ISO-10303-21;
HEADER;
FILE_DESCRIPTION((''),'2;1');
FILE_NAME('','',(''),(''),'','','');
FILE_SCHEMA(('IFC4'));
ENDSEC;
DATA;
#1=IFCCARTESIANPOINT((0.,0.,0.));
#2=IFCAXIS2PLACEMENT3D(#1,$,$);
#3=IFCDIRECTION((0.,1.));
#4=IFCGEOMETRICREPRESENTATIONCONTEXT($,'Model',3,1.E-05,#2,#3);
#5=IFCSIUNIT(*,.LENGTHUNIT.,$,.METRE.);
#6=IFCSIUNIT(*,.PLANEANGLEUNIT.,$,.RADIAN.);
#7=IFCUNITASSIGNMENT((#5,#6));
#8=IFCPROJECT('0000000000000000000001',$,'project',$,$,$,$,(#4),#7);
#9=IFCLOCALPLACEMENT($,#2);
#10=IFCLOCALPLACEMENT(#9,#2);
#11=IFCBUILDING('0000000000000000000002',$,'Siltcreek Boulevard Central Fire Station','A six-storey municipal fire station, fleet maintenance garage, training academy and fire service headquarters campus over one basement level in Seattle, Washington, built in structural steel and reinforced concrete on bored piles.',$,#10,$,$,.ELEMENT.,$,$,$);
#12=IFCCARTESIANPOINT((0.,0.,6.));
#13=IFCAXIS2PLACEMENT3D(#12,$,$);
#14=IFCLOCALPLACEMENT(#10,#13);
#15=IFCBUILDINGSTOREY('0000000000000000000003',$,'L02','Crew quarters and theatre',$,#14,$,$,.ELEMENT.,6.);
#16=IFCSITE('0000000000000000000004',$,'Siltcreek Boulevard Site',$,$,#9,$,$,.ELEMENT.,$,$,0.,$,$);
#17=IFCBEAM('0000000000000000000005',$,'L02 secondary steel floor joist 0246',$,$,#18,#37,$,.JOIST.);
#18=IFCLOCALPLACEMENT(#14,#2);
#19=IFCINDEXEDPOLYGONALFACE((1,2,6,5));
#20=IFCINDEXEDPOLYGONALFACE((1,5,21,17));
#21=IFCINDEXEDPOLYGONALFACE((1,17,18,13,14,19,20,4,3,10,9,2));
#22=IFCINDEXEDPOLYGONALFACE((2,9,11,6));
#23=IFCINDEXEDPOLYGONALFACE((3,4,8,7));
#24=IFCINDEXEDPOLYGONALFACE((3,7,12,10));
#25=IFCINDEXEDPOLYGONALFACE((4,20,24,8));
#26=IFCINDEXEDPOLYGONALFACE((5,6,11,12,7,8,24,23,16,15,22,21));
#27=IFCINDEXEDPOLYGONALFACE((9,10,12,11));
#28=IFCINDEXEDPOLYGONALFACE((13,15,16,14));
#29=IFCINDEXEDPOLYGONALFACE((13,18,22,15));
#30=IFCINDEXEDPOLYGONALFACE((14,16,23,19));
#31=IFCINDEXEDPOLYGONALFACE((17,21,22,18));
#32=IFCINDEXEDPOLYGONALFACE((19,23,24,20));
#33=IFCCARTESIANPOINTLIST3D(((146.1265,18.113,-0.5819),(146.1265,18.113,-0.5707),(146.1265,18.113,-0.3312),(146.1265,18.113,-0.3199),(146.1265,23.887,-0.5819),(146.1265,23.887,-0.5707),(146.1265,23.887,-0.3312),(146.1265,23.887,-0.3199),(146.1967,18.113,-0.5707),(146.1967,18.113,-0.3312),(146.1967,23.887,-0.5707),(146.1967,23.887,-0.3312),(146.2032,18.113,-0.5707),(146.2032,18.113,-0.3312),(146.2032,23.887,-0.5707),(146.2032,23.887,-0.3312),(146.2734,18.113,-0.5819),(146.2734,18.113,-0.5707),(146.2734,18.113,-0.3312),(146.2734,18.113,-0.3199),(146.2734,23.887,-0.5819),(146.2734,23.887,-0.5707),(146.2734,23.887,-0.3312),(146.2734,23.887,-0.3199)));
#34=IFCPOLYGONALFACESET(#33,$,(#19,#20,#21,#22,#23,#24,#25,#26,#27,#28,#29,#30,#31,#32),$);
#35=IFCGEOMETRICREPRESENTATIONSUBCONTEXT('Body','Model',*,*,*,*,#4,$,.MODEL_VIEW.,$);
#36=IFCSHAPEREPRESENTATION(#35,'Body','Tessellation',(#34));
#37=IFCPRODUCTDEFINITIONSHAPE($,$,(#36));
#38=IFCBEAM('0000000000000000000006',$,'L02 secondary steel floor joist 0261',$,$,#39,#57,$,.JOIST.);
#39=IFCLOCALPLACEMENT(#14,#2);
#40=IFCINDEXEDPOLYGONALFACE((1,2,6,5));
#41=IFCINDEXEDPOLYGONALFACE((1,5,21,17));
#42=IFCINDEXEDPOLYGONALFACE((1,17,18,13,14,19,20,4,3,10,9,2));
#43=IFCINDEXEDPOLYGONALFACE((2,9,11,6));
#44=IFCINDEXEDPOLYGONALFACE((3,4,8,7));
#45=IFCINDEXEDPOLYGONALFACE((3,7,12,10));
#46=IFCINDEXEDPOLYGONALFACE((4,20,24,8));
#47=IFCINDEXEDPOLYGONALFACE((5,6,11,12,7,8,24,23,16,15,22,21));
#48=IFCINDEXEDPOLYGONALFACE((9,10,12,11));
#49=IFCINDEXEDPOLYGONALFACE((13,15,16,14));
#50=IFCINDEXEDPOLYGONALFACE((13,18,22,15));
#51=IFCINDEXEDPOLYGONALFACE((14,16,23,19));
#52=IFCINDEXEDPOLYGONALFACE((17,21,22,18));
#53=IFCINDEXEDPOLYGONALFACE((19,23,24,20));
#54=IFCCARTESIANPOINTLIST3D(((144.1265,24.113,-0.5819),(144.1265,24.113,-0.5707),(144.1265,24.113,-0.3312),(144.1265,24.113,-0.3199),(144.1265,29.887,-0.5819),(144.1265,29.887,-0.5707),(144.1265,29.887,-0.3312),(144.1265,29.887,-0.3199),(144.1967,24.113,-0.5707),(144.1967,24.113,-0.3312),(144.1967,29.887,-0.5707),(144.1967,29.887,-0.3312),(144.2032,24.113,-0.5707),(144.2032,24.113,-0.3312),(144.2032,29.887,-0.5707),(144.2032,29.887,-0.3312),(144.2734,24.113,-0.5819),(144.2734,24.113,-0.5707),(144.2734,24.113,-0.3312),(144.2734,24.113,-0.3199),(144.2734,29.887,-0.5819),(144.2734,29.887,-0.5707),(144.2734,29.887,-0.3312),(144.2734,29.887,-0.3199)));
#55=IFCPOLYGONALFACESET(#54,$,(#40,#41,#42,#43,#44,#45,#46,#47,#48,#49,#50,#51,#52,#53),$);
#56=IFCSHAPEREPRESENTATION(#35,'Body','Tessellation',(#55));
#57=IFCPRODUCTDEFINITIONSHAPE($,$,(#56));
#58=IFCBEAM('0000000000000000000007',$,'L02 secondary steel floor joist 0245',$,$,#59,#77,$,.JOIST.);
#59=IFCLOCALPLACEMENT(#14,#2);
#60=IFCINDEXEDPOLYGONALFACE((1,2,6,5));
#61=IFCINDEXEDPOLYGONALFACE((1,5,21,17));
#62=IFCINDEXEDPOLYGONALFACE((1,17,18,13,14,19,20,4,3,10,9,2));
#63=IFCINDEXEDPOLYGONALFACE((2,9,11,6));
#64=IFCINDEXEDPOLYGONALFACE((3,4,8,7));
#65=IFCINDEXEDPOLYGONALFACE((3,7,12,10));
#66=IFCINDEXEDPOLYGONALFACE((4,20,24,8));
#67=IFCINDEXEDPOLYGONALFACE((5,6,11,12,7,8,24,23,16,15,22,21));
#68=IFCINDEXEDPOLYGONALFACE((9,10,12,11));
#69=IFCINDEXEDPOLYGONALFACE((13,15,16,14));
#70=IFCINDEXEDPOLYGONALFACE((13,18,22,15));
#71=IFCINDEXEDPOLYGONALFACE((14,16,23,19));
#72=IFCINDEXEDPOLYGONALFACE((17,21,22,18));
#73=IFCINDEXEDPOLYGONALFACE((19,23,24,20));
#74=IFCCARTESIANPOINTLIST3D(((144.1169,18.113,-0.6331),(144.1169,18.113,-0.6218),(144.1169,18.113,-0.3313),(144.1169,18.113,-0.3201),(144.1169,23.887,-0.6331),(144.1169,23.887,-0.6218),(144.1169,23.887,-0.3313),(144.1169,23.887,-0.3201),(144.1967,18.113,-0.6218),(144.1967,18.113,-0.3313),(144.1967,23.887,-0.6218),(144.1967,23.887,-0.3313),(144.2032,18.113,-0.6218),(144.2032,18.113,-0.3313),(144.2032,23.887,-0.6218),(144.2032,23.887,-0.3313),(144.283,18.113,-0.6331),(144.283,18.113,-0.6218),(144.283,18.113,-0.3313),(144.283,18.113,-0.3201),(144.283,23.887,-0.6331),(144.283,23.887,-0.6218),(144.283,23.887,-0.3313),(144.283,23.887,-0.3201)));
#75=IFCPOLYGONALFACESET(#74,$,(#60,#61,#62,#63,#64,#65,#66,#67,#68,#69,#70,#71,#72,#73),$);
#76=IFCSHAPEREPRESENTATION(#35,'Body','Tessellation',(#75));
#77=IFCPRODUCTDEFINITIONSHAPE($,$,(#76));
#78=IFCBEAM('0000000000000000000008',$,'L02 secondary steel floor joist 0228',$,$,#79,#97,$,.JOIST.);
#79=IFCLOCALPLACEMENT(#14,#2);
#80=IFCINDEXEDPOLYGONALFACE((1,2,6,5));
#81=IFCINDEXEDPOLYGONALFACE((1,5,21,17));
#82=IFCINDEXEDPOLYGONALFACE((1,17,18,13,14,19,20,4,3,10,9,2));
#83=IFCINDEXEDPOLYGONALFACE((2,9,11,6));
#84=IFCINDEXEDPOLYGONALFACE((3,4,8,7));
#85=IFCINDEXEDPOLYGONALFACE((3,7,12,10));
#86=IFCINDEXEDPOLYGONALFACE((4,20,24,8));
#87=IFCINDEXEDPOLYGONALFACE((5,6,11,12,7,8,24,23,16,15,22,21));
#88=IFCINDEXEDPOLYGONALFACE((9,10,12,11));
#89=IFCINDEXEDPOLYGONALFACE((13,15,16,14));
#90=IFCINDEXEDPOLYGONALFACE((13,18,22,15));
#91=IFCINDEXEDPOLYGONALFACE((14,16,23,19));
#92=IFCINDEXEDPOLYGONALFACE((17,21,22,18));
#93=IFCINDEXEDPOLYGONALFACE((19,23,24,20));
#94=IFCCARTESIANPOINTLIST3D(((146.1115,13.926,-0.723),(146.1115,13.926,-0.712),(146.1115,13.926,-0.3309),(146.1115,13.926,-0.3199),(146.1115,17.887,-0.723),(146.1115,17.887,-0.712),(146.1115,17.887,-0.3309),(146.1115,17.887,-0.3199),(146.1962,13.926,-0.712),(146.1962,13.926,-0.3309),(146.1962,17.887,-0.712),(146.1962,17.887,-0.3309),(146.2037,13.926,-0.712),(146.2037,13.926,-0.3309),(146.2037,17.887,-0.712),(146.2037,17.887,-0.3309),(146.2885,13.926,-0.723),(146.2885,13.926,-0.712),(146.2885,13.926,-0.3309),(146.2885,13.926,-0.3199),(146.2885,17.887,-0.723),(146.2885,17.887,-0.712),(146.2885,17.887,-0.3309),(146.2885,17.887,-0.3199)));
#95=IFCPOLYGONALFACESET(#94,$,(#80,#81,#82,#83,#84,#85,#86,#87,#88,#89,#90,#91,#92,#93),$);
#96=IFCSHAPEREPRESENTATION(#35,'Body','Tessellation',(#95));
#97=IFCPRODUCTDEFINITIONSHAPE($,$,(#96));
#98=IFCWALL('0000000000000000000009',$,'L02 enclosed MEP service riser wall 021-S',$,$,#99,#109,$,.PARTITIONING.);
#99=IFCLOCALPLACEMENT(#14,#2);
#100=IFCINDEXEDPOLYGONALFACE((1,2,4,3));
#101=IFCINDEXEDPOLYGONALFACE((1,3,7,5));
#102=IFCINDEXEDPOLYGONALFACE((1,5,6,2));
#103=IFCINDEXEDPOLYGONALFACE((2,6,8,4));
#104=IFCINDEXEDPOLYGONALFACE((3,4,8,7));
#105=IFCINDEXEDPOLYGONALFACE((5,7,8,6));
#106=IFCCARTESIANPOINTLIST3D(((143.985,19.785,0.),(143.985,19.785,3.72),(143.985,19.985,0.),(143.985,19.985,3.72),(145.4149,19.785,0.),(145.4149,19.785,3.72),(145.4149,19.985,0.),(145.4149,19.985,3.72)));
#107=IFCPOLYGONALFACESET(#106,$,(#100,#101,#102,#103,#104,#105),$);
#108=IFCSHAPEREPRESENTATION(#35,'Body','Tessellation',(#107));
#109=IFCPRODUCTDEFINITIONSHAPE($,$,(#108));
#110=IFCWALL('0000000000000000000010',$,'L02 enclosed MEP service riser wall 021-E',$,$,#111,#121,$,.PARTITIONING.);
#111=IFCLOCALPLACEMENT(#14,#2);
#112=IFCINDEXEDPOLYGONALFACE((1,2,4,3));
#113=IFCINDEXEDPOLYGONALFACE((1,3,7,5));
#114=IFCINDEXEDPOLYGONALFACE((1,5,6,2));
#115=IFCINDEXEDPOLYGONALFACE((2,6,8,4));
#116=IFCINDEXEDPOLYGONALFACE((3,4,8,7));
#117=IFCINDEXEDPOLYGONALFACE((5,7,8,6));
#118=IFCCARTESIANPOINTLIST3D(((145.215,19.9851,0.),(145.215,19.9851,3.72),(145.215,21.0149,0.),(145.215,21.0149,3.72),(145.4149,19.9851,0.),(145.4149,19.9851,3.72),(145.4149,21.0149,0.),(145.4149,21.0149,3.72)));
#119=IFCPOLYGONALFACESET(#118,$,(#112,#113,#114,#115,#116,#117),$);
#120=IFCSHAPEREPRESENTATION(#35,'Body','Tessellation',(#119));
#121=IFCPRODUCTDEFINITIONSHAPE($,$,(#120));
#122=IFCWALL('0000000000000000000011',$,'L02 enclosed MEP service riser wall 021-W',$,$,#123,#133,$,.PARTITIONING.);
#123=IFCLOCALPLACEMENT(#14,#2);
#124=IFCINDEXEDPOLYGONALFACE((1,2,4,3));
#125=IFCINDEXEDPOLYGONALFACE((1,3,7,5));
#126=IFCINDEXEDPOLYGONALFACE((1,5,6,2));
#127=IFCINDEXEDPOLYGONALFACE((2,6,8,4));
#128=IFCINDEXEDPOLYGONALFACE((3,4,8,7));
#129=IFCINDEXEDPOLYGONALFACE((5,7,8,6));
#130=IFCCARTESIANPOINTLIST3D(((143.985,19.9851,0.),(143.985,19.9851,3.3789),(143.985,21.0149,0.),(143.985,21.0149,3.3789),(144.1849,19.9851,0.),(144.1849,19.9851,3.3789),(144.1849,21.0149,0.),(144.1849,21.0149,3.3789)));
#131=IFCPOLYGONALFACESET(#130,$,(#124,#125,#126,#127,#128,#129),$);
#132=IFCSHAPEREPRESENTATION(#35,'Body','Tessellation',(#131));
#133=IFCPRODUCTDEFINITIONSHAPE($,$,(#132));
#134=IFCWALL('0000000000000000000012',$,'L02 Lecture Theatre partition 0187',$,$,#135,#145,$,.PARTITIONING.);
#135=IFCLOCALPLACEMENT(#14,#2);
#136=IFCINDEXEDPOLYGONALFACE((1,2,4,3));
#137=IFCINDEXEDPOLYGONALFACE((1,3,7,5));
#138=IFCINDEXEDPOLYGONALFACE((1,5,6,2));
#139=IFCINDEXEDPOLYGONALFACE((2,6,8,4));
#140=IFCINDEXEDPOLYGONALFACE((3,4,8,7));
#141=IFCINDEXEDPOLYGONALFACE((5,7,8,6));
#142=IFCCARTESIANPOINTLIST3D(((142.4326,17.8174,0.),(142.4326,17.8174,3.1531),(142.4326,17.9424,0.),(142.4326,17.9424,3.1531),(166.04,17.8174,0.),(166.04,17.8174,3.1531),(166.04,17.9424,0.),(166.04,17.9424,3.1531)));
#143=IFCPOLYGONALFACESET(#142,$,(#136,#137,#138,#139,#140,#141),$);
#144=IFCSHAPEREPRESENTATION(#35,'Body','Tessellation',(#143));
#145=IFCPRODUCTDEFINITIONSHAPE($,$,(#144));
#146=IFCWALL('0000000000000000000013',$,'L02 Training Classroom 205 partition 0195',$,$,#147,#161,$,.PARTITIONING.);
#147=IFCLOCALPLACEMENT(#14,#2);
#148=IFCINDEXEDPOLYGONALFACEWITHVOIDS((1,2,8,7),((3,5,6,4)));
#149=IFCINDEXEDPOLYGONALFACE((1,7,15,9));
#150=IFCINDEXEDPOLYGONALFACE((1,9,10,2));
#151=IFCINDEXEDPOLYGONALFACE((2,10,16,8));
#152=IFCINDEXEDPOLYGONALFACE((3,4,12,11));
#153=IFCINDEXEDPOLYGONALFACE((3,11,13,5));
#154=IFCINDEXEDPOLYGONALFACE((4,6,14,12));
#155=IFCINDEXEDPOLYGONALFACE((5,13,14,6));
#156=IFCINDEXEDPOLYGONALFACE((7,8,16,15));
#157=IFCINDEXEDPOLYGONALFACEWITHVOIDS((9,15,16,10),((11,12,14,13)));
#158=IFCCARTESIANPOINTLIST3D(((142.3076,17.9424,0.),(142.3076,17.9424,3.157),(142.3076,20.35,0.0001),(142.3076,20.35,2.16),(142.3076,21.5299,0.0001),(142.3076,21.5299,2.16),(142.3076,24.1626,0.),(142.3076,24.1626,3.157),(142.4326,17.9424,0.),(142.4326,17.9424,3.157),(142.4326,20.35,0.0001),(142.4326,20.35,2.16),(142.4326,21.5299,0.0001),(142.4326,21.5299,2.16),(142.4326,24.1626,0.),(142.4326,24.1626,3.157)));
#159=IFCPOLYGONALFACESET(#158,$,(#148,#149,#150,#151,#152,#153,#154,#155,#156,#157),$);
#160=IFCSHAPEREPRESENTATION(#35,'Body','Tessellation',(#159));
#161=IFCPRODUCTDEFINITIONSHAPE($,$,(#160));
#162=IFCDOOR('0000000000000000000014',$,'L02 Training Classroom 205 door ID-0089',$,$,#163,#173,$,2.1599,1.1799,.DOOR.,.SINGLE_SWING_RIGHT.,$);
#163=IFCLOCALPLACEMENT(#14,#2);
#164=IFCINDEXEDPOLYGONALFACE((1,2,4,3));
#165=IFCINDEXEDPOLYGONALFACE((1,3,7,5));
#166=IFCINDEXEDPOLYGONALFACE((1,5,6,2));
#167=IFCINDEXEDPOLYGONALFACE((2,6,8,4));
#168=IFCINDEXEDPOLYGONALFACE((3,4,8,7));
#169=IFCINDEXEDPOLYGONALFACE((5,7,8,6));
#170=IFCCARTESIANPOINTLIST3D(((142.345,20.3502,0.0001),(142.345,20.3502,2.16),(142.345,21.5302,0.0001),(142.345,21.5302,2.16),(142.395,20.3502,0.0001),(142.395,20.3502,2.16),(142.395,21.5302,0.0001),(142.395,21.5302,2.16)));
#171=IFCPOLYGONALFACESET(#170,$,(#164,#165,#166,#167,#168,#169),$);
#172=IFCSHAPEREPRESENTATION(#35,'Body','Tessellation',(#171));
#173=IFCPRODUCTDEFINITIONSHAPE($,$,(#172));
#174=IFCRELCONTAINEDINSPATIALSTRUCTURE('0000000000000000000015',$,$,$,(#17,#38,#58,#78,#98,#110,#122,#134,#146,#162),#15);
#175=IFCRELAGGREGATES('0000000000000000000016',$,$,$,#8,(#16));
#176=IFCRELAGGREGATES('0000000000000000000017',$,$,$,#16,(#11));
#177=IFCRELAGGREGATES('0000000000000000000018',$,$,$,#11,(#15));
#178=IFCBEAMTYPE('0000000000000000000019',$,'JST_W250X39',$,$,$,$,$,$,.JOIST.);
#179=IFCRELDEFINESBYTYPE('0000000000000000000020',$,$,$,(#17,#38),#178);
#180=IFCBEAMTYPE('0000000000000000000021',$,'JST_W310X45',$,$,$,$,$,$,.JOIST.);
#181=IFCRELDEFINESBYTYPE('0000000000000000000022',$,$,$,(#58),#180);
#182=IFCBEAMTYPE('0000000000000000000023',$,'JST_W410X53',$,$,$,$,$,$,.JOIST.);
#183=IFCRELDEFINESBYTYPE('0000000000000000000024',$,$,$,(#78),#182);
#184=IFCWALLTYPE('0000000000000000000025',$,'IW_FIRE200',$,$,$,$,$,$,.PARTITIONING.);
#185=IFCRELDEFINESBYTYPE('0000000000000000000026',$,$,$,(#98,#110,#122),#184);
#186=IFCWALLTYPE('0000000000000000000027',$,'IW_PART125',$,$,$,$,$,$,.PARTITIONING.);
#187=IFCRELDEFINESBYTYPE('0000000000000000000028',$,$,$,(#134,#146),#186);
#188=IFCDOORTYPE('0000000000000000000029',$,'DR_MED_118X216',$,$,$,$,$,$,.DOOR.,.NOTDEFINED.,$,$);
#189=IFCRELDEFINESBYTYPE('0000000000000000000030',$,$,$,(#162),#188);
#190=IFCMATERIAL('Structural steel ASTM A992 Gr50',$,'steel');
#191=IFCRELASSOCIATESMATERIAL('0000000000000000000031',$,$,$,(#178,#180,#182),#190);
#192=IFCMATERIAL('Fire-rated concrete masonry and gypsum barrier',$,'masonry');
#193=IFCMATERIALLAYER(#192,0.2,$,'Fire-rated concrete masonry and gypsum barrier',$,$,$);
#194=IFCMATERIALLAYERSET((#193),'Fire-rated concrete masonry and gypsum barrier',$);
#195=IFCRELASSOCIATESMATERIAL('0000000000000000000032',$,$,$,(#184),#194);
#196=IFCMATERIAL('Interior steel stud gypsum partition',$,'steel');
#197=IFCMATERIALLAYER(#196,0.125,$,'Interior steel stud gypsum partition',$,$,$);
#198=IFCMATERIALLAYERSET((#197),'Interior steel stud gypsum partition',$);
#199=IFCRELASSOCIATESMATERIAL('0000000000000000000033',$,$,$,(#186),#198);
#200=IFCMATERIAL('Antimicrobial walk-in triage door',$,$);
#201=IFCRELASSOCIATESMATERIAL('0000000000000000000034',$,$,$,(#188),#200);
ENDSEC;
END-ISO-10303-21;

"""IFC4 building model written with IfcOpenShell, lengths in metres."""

from ifc_helpers import new_model, si_unit, direction, frame, frame_2d, origin, origin_2d, place, context, subcontext, project, spatial, rectangle, i_section, extrude, material, layer, layer_set, material_profile, profile_set, type_object, element, fill, save


model = new_model("IFC4")

# Units and contexts
model_context = context("Model", 3, precision=1e-05, world=origin(), true_north=direction((0.0, 1.0)))
body_context = subcontext(model_context, "Body", "Model", "MODEL_VIEW")
ifc_project = project(units=[si_unit("LENGTHUNIT", "METRE"), si_unit("PLANEANGLEUNIT", "RADIAN")], contexts=[model_context])

# Site, building, storey
site_placement = place(None, origin())
site = spatial("IfcSite", under=ifc_project, at=site_placement, Name="Siltcreek Boulevard Site", CompositionType="ELEMENT", RefElevation=0.0)
building_placement = place(site_placement, origin())
building = spatial("IfcBuilding", under=site, at=building_placement, Name="Siltcreek Boulevard Central Fire Station", Description="A six-storey municipal fire station, fleet maintenance garage, training academy and fire service headquarters campus over one basement level in Seattle, Washington, built in structural steel and reinforced concrete on bored piles.", CompositionType="ELEMENT")
storey_placement = place(building_placement, frame((0.0, 0.0, 6.0)))
storey = spatial("IfcBuildingStorey", under=building, at=storey_placement, Name="L02", Description="Crew quarters and theatre", CompositionType="ELEMENT", Elevation=6.0)

# Shared definitions
ifc_material_1 = material(Name="Structural steel ASTM A992 Gr50", Category="steel")

# Beams
ifc_material_profile_1 = material_profile(ifc_material_1, i_section(OverallWidth=0.147, OverallDepth=0.262, WebThickness=0.0066, FlangeThickness=0.0112, at=origin_2d()), Name="W250X39")
ifc_profile_set_1 = profile_set([ifc_material_profile_1], Name="Structural steel ASTM A992 Gr50")
beam_type_1 = type_object("IfcBeamType", Name="JST_W250X39", PredefinedType="JOIST", material=ifc_profile_set_1)
for number, where, z_axis, x_axis, name in (
    (1, (146.2, 18.113, -0.4509), (0.0, 1.0, 0.0), (-1.0, 0.0, 0.0), "L02 secondary steel floor joist 0246"),
    (2, (144.2, 24.113, -0.4509), (0.0, 1.0, 0.0), (-1.0, 0.0, 0.0), "L02 secondary steel floor joist 0261"),
):
    element("IfcBeam", number, at=place(storey_placement, frame(where, z_axis=z_axis, x_axis=x_axis)), inside=storey, type_object=beam_type_1, Name=name, PredefinedType="JOIST", context=body_context, shape_type="SweptSolid", body=[
        extrude(i_section(OverallWidth=0.147, OverallDepth=0.262, WebThickness=0.0066, FlangeThickness=0.0112, at=origin_2d()), origin(), (0.0, 0.0, 1.0), 5.7739),
    ])
ifc_material_profile_2 = material_profile(ifc_material_1, i_section(OverallWidth=0.166, OverallDepth=0.313, WebThickness=0.0066, FlangeThickness=0.0112, at=origin_2d()), Name="W310X45")
ifc_profile_set_2 = profile_set([ifc_material_profile_2], Name="Structural steel ASTM A992 Gr50")
beam_type_2 = type_object("IfcBeamType", Name="JST_W310X45", PredefinedType="JOIST", material=ifc_profile_set_2)
beam_1_placement = place(storey_placement, frame((144.2, 18.113, -0.4766), z_axis=(0.0, 1.0, 0.0), x_axis=(-1.0, 0.0, 0.0)))
element("IfcBeam", 3, at=beam_1_placement, inside=storey, type_object=beam_type_2, Name="L02 secondary steel floor joist 0245", PredefinedType="JOIST", context=body_context, shape_type="SweptSolid", body=[
    extrude(i_section(OverallWidth=0.166, OverallDepth=0.313, WebThickness=0.0066, FlangeThickness=0.0112, at=origin_2d()), origin(), (0.0, 0.0, 1.0), 5.7739),
])
ifc_material_profile_3 = material_profile(ifc_material_1, i_section(OverallWidth=0.177, OverallDepth=0.4031, WebThickness=0.0076, FlangeThickness=0.011, at=origin_2d()), Name="W410X53")
ifc_profile_set_3 = profile_set([ifc_material_profile_3], Name="Structural steel ASTM A992 Gr50")
beam_type_3 = type_object("IfcBeamType", Name="JST_W410X53", PredefinedType="JOIST", material=ifc_profile_set_3)
beam_2_placement = place(storey_placement, frame((146.2, 13.926, -0.5215), z_axis=(0.0, 1.0, 0.0), x_axis=(-1.0, 0.0, 0.0)))
element("IfcBeam", 4, at=beam_2_placement, inside=storey, type_object=beam_type_3, Name="L02 secondary steel floor joist 0228", PredefinedType="JOIST", context=body_context, shape_type="SweptSolid", body=[
    extrude(i_section(OverallWidth=0.177, OverallDepth=0.4031, WebThickness=0.0076, FlangeThickness=0.011, at=origin_2d()), origin(), (0.0, 0.0, 1.0), 3.9609),
])

# Walls
ifc_material_2 = material(Name="Fire-rated concrete masonry and gypsum barrier", Category="masonry")
ifc_layer_1 = layer(ifc_material_2, 0.2, Name="Fire-rated concrete masonry and gypsum barrier")
ifc_layer_set_1 = layer_set([ifc_layer_1], Name="Fire-rated concrete masonry and gypsum barrier")
wall_type_1 = type_object("IfcWallType", Name="IW_FIRE200", PredefinedType="PARTITIONING", material=ifc_layer_set_1)
wall_1_placement = place(storey_placement, frame((143.9851, 19.885, 0.0), z_axis=(0.0, 0.0, 1.0), x_axis=(1.0, 0.0, 0.0)))
element("IfcWall", 5, at=wall_1_placement, inside=storey, type_object=wall_type_1, Name="L02 enclosed MEP service riser wall 021-S", PredefinedType="PARTITIONING", context=body_context, shape_type="SweptSolid", body=[
    extrude(rectangle(XDim=1.4299, YDim=0.2, at=frame_2d((0.7148, 0.0))), origin(), (0.0, 0.0, 1.0), 3.72),
])
wall_2_placement = place(storey_placement, frame((145.3149, 19.9851, 0.0), z_axis=(0.0, 0.0, 1.0), x_axis=(0.0, 1.0, 0.0)))
element("IfcWall", 6, at=wall_2_placement, inside=storey, type_object=wall_type_1, Name="L02 enclosed MEP service riser wall 021-E", PredefinedType="PARTITIONING", context=body_context, shape_type="SweptSolid", body=[
    extrude(rectangle(XDim=1.0298, YDim=0.2, at=frame_2d((0.5149, 0.0))), origin(), (0.0, 0.0, 1.0), 3.72),
])
wall_3_placement = place(storey_placement, frame((144.085, 21.0149, 0.0), z_axis=(0.0, 0.0, 1.0), x_axis=(0.0, -1.0, 0.0)))
element("IfcWall", 7, at=wall_3_placement, inside=storey, type_object=wall_type_1, Name="L02 enclosed MEP service riser wall 021-W", PredefinedType="PARTITIONING", context=body_context, shape_type="SweptSolid", body=[
    extrude(rectangle(XDim=1.0298, YDim=0.2, at=frame_2d((0.5149, 0.0))), origin(), (0.0, 0.0, 1.0), 3.3789),
])
ifc_material_3 = material(Name="Interior steel stud gypsum partition", Category="steel")
ifc_layer_2 = layer(ifc_material_3, 0.125, Name="Interior steel stud gypsum partition")
ifc_layer_set_2 = layer_set([ifc_layer_2], Name="Interior steel stud gypsum partition")
wall_type_2 = type_object("IfcWallType", Name="IW_PART125", PredefinedType="PARTITIONING", material=ifc_layer_set_2)
wall_4_placement = place(storey_placement, frame((142.4326, 17.8799, 0.0), z_axis=(0.0, 0.0, 1.0), x_axis=(1.0, 0.0, 0.0)))
element("IfcWall", 8, at=wall_4_placement, inside=storey, type_object=wall_type_2, Name="L02 Lecture Theatre partition 0187", PredefinedType="PARTITIONING", context=body_context, shape_type="SweptSolid", body=[
    extrude(rectangle(XDim=23.6074, YDim=0.125, at=frame_2d((11.8037, 0.0))), origin(), (0.0, 0.0, 1.0), 3.1531),
])

# Wall, opening, door
wall_5_placement = place(storey_placement, frame((142.3701, 17.9424, 0.0), z_axis=(0.0, 0.0, 1.0), x_axis=(0.0, 1.0, 0.0)))
wall_5 = element("IfcWall", 9, at=wall_5_placement, inside=storey, type_object=wall_type_2, Name="L02 Training Classroom 205 partition 0195", PredefinedType="PARTITIONING", context=body_context, shape_type="SweptSolid", body=[
    extrude(rectangle(XDim=6.2202, YDim=0.125, at=frame_2d((3.1101, 0.0))), origin(), (0.0, 0.0, 1.0), 3.157),
])
opening_placement = place(wall_5_placement, frame((2.4077, 0.0, 0.0)))
opening = element("IfcOpeningElement", 10, at=opening_placement, cuts=wall_5, PredefinedType="OPENING", context=body_context, shape_type="SweptSolid", body=[
    extrude(rectangle(XDim=1.1799, YDim=2.1599, at=frame_2d((0.5898, 1.0801))), frame((0.0, 0.0725, 0.0), z_axis=(0.0, -1.0, 0.0), x_axis=(1.0, 0.0, 0.0)), (0.0, 0.0, 1.0), 0.145),
])
ifc_material_4 = material(Name="Antimicrobial walk-in triage door")
door_type = type_object("IfcDoorType", Name="DR_MED_118X216", OperationType="NOTDEFINED", PredefinedType="DOOR", material=ifc_material_4)
door_placement = place(opening_placement, frame((1.1799, 0.0, 0.0), z_axis=(0.0, 0.0, 1.0), x_axis=(-1.0, 0.0, 0.0)))
door = element("IfcDoor", 11, at=door_placement, inside=storey, type_object=door_type, Name="L02 Training Classroom 205 door ID-0089", OperationType="SINGLE_SWING_RIGHT", OverallHeight=2.1599, OverallWidth=1.1799, PredefinedType="DOOR", context=body_context, shape_type="SweptSolid", body=[
    extrude(rectangle(XDim=1.1799, YDim=2.1599, at=frame_2d((0.5898, 1.0801))), frame((0.0, 0.0249, 0.0), z_axis=(0.0, -1.0, 0.0), x_axis=(1.0, 0.0, 0.0)), (0.0, 0.0, 1.0), 0.05),
])
fill(opening, door)

save(model, "model.ifc")
